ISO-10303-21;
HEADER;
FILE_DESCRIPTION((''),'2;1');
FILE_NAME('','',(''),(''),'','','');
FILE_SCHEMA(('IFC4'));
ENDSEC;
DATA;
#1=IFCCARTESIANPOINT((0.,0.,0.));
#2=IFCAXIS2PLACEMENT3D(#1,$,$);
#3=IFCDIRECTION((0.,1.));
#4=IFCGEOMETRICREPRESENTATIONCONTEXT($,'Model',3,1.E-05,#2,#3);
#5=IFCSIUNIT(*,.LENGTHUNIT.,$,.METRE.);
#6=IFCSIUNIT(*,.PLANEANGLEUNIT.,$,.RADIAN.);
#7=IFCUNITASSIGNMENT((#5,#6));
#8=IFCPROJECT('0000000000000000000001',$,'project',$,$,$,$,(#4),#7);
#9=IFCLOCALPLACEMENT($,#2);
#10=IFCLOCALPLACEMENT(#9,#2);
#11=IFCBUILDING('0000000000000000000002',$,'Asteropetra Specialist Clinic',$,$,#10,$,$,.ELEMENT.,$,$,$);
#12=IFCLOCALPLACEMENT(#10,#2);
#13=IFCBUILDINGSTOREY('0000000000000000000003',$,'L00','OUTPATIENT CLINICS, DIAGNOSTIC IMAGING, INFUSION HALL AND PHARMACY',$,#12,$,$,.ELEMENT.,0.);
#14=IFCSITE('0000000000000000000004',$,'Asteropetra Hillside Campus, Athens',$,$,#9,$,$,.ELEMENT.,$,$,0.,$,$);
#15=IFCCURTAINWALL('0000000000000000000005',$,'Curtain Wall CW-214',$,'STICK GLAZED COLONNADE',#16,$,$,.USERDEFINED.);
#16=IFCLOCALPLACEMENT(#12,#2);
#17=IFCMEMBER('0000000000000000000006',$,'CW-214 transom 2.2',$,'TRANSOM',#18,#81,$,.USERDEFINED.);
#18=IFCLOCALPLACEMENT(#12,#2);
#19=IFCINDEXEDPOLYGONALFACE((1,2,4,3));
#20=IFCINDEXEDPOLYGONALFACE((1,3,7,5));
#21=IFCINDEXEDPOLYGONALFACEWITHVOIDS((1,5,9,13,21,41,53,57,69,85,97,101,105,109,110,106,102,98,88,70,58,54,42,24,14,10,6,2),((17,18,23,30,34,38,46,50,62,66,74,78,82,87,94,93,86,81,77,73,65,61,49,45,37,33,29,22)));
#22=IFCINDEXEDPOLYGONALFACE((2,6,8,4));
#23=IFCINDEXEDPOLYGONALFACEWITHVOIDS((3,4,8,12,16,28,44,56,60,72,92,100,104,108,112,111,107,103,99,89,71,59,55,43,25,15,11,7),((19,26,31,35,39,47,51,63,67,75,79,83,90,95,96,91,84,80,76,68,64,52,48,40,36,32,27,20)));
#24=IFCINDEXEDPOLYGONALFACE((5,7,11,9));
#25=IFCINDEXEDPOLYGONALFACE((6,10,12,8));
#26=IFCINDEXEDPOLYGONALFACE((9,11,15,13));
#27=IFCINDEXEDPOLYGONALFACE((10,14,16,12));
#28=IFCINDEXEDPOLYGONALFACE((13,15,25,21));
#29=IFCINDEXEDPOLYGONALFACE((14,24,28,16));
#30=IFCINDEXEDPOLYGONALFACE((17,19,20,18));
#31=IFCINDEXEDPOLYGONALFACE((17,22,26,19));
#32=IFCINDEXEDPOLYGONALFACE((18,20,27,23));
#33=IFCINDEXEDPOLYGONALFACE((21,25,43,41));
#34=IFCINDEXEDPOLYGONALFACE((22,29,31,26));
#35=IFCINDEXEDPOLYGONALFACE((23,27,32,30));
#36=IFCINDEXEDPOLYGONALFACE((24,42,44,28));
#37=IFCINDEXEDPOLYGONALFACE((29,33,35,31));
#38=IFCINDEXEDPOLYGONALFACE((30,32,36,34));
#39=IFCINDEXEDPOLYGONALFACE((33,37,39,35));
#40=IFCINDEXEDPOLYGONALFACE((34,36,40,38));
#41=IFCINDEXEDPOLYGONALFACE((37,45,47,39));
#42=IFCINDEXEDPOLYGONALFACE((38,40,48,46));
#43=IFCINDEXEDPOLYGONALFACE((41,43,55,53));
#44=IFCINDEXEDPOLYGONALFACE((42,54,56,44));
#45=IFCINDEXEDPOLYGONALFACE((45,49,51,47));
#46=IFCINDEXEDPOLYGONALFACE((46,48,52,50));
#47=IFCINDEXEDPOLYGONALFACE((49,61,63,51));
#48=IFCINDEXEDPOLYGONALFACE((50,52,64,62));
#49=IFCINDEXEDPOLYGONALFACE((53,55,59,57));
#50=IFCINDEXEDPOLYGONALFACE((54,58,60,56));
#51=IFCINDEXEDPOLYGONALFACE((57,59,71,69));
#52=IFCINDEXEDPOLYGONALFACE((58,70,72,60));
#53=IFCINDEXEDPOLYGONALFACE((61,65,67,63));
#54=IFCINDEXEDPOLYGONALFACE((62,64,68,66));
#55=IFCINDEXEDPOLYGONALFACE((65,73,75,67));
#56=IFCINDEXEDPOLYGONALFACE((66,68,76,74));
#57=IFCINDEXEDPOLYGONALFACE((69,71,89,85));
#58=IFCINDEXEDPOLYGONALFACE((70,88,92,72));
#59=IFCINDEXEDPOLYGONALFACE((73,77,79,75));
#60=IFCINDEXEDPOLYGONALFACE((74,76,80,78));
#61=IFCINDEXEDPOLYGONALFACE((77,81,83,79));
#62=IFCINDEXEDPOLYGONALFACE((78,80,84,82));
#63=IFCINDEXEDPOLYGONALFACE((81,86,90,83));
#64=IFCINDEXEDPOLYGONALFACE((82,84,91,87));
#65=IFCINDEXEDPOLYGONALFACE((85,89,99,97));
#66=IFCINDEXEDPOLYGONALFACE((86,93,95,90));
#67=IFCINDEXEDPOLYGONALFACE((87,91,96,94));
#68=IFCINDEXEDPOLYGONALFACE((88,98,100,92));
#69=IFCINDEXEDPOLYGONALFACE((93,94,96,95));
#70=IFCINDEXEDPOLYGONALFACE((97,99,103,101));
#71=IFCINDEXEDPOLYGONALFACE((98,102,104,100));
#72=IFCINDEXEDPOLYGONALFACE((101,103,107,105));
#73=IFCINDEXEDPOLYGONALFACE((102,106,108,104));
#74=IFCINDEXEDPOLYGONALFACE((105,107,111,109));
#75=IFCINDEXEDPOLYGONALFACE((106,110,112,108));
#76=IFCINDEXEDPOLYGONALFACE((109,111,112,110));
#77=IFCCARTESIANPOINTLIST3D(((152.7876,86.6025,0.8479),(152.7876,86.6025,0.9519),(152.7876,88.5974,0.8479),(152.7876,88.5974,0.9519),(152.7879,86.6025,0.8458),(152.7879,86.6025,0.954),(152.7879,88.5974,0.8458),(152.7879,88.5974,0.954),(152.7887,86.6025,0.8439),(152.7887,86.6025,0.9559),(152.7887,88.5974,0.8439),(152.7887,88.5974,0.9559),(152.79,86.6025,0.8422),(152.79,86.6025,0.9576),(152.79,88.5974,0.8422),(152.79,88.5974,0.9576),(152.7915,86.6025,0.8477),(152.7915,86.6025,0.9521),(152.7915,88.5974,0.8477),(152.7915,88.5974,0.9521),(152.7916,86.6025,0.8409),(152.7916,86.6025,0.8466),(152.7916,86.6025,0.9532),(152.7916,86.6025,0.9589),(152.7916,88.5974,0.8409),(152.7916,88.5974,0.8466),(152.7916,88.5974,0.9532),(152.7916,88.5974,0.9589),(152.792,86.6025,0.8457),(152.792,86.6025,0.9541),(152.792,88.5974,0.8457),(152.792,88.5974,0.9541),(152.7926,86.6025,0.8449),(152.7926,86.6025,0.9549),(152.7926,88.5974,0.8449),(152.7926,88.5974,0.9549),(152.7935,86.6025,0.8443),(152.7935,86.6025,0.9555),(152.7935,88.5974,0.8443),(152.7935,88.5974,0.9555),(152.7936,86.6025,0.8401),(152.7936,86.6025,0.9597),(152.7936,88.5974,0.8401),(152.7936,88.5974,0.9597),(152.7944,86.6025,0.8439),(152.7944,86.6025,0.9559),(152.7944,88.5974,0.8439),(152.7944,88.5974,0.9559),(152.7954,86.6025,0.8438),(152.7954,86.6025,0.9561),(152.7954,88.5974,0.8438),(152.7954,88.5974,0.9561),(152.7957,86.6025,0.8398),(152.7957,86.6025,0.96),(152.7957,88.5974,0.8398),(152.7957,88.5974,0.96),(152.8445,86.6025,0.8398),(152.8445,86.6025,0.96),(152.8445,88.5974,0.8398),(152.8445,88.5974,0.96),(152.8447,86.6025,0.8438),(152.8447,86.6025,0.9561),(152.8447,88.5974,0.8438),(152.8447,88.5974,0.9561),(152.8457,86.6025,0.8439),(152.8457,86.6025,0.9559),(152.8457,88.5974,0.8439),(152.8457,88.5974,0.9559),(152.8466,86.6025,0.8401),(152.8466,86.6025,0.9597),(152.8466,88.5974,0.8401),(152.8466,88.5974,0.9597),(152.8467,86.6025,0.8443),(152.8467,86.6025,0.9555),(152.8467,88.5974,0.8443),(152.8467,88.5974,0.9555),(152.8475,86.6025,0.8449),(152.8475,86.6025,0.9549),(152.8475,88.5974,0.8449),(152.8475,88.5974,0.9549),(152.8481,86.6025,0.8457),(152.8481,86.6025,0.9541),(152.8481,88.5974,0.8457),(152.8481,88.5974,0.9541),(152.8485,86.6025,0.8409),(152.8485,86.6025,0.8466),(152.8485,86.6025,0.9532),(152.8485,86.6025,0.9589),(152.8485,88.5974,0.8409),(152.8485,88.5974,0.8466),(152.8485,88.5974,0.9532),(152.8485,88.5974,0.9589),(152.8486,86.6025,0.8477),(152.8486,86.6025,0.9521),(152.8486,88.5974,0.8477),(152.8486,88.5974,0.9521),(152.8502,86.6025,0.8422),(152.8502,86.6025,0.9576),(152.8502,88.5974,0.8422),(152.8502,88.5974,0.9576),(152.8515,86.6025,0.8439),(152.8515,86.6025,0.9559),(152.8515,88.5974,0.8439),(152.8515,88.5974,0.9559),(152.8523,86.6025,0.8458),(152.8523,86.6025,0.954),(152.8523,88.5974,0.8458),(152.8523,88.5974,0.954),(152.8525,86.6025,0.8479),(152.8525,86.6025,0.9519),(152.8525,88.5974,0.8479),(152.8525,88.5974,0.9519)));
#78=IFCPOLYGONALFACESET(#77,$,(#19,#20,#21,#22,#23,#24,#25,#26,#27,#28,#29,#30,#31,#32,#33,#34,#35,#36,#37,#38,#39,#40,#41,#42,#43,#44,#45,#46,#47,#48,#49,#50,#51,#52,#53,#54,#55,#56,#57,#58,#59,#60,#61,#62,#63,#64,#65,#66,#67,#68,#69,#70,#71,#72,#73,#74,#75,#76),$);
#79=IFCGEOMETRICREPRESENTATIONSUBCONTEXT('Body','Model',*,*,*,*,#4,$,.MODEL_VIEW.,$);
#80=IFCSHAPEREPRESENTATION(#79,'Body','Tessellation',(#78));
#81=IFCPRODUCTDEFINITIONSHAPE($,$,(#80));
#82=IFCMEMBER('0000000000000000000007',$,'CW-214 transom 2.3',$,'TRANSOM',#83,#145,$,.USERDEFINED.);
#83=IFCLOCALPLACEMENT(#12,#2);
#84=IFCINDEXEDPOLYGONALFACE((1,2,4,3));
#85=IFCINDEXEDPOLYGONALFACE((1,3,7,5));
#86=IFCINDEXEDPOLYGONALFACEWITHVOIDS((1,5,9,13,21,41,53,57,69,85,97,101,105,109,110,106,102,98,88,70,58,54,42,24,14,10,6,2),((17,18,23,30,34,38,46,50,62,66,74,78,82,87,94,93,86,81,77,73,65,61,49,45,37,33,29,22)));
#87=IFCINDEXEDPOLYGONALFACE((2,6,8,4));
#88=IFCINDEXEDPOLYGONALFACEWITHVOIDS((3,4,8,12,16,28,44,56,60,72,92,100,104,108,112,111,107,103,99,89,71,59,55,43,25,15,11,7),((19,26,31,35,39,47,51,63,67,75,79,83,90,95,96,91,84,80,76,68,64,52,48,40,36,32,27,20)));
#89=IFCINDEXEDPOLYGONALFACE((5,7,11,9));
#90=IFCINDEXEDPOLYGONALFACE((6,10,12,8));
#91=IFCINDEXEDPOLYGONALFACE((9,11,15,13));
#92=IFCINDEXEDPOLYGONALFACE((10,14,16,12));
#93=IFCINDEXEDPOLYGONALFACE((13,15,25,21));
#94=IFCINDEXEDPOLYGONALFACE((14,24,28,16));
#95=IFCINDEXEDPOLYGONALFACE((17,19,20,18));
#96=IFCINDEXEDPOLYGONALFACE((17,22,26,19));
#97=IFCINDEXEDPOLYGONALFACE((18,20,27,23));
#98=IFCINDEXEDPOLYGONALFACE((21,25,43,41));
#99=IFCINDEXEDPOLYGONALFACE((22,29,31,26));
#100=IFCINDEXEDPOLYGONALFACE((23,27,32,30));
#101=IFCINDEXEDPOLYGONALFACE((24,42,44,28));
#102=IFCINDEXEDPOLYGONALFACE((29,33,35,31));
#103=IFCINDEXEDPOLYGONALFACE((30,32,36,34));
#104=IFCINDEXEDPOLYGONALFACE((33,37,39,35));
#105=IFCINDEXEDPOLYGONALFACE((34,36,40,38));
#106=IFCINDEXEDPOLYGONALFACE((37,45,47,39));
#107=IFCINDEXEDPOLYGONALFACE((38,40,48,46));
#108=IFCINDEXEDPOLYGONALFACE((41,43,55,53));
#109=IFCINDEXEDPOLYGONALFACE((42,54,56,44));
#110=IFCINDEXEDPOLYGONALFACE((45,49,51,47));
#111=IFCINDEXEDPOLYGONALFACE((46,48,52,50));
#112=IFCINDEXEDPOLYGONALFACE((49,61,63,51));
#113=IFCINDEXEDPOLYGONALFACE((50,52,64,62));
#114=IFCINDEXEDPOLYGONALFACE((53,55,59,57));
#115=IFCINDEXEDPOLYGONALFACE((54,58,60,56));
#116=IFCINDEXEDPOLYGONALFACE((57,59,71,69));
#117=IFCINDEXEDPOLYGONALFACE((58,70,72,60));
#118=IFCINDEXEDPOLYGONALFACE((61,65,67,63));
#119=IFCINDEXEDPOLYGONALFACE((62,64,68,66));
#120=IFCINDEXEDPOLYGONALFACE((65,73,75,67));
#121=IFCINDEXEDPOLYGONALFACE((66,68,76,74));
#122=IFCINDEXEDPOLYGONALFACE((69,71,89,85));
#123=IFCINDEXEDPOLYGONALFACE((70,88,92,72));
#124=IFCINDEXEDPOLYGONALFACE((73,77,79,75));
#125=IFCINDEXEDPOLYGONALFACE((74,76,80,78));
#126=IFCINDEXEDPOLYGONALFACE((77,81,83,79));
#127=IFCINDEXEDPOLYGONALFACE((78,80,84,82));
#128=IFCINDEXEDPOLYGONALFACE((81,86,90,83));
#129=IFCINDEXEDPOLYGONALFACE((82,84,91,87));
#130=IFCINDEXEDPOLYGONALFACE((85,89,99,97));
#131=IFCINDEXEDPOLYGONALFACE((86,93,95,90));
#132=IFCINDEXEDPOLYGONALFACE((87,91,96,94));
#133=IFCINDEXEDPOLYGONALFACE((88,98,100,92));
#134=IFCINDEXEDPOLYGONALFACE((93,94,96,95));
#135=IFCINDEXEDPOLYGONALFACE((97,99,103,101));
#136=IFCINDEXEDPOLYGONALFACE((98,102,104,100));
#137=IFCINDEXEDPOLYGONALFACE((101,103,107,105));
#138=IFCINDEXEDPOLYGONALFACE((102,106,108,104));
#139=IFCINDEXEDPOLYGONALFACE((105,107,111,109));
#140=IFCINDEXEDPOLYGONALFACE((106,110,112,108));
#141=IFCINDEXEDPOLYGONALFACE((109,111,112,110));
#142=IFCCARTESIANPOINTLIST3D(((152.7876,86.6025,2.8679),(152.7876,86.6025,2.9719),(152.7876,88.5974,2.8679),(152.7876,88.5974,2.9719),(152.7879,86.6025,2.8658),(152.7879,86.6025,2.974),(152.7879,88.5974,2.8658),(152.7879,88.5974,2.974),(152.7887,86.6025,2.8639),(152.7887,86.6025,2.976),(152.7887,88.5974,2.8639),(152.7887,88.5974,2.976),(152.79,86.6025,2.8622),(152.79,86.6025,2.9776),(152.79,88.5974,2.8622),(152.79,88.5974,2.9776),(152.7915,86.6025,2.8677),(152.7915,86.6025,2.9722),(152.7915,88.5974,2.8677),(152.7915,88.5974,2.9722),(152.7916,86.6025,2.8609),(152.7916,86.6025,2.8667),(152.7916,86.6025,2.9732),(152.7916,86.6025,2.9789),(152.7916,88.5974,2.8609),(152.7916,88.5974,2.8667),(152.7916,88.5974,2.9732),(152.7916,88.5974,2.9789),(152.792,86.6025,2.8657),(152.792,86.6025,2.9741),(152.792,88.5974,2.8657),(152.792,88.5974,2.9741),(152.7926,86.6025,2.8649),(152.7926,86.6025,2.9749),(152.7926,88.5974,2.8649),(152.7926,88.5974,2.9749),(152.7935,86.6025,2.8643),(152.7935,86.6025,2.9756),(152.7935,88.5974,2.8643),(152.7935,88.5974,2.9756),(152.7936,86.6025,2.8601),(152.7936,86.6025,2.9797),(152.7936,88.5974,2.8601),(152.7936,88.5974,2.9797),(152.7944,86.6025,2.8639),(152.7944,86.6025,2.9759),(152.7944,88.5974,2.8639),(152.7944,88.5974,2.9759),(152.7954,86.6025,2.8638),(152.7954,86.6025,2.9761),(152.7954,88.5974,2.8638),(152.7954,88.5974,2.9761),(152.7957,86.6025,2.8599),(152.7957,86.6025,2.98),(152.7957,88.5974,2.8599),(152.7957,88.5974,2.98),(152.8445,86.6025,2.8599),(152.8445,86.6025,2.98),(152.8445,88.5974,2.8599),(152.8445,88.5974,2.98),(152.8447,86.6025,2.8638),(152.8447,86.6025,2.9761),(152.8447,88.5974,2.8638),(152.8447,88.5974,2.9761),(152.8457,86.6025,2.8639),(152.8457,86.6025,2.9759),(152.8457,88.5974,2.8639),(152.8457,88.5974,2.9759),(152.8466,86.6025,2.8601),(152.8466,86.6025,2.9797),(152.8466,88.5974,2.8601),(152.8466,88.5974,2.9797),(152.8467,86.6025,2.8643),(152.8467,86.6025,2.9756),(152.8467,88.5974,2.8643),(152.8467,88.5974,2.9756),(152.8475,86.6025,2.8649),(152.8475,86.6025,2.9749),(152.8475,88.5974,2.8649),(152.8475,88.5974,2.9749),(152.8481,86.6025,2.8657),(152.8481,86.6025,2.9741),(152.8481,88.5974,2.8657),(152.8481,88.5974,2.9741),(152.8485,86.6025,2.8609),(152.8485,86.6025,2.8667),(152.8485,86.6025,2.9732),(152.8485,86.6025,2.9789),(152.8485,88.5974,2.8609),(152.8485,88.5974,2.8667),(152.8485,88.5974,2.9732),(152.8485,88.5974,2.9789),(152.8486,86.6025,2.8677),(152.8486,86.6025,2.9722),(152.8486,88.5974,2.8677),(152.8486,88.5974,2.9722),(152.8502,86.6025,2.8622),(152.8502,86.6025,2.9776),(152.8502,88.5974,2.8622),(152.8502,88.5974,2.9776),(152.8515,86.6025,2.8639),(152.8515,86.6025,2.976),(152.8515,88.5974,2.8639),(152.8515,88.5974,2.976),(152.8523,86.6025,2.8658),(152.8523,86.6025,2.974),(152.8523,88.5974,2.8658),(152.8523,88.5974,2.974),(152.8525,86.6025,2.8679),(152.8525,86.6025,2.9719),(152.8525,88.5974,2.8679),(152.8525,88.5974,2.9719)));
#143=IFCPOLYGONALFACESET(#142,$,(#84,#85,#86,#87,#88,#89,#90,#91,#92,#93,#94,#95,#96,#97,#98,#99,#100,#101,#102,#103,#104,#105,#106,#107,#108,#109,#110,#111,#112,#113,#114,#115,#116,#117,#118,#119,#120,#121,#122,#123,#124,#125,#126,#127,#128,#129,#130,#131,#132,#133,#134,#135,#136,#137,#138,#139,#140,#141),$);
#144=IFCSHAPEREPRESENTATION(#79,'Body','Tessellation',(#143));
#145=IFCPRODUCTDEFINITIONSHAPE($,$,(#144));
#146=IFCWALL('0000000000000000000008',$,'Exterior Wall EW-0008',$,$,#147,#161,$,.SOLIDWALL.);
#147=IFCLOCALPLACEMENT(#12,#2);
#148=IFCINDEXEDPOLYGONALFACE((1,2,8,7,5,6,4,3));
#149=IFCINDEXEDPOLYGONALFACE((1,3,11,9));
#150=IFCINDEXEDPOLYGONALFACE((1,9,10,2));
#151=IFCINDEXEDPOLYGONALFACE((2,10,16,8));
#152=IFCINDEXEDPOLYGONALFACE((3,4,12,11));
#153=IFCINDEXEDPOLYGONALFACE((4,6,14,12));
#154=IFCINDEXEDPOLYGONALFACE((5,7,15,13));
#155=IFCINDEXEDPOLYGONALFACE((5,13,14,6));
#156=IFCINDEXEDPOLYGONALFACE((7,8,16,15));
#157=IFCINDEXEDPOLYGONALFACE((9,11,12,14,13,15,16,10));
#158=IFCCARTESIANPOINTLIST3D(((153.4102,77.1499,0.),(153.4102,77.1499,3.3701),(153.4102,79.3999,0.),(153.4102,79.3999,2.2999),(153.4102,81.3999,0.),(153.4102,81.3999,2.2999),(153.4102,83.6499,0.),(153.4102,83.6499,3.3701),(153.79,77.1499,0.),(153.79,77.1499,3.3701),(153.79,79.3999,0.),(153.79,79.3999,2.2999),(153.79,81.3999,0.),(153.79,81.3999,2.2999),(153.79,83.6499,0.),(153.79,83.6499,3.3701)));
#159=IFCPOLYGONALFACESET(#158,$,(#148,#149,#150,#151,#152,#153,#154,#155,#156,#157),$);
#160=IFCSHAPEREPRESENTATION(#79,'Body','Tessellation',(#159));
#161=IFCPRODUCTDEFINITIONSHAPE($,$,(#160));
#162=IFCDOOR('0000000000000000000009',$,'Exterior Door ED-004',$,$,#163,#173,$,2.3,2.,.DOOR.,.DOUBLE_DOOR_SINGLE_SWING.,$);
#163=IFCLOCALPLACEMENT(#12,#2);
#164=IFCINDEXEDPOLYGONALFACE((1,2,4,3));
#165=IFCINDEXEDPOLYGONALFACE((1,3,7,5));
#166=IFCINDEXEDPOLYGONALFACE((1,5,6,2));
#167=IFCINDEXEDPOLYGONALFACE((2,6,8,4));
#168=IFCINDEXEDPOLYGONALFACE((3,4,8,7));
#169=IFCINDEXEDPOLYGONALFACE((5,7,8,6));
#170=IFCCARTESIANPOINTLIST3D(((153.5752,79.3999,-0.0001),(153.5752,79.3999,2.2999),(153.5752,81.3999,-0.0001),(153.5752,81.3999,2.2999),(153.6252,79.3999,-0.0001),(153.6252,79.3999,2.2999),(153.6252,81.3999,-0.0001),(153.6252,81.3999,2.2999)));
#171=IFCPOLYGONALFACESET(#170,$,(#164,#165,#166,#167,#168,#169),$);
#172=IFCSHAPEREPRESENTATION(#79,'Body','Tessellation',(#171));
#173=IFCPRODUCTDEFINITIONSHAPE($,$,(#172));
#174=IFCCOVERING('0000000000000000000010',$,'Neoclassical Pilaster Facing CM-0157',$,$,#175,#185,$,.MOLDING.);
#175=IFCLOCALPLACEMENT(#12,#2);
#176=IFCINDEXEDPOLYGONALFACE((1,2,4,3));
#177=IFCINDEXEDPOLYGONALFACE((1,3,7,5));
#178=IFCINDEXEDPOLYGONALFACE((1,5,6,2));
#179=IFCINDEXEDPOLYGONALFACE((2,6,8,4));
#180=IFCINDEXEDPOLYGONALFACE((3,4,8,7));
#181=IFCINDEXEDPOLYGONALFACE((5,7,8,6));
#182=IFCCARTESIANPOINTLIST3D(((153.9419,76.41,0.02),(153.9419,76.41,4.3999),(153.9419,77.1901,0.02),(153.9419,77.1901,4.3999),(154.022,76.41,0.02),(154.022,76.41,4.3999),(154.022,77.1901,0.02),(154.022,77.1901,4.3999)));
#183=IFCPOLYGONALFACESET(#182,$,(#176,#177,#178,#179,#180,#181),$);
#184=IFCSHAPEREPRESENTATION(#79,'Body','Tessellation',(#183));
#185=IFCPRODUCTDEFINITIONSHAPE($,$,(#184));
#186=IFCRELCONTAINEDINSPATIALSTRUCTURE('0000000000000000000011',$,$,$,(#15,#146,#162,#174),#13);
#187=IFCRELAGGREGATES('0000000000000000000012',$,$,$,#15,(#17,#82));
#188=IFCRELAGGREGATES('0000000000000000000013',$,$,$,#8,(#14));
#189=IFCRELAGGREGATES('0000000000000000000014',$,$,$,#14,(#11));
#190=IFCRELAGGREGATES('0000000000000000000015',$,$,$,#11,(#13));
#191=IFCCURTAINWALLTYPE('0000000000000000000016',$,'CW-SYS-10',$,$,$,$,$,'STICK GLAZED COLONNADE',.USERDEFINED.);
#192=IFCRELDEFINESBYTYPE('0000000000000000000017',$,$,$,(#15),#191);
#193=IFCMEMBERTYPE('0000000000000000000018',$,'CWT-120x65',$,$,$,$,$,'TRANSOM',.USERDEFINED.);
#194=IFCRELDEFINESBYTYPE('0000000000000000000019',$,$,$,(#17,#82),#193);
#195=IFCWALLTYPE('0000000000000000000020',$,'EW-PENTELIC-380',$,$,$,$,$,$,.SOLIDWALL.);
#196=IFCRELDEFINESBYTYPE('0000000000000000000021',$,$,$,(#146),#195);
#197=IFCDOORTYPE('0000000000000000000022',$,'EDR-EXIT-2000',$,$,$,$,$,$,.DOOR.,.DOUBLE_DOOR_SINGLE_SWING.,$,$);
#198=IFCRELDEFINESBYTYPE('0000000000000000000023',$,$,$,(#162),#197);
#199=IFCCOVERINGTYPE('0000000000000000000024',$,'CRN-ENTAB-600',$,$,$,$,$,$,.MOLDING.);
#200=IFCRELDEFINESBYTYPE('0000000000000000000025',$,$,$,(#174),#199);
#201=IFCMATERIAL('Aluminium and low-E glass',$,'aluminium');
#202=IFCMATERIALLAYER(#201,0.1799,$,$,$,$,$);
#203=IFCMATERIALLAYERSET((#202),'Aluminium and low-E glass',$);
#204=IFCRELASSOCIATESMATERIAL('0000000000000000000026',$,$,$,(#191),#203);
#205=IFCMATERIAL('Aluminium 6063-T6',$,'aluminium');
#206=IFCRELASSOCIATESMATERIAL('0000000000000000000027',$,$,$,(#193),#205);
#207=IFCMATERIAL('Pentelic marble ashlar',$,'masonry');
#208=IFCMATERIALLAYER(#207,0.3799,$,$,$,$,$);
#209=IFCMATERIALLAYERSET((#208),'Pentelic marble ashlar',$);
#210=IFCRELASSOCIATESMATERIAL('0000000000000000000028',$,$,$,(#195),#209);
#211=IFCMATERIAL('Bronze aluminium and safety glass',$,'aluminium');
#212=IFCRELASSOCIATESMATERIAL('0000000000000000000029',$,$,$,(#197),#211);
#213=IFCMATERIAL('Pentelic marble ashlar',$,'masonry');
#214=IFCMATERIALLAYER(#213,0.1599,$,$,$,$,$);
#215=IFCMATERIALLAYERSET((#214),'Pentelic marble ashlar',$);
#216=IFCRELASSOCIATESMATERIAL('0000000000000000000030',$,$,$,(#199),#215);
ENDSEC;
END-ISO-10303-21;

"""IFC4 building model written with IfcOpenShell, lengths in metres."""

from ifc_helpers import new_model, si_unit, direction, frame, frame_2d, origin, origin_2d, place, context, subcontext, project, spatial, rectangle, hollow_rectangle, extrude, material, layer, layer_set, material_profile, profile_set, type_object, element, fill, aggregate, save


model = new_model("IFC4")

# Units and contexts
model_context = context("Model", 3, precision=1e-05, world=origin(), true_north=direction((0.0, 1.0)))
body_context = subcontext(model_context, "Body", "Model", "MODEL_VIEW")
ifc_project = project(units=[si_unit("LENGTHUNIT", "METRE"), si_unit("PLANEANGLEUNIT", "RADIAN")], contexts=[model_context])

# Site, building, storey
site_placement = place(None, origin())
site = spatial("IfcSite", under=ifc_project, at=site_placement, Name="Asteropetra Hillside Campus, Athens", CompositionType="ELEMENT", RefElevation=0.0)
building_placement = place(site_placement, origin())
building = spatial("IfcBuilding", under=site, at=building_placement, Name="Asteropetra Specialist Clinic", CompositionType="ELEMENT")
storey_placement = place(building_placement, origin())
storey = spatial("IfcBuildingStorey", under=building, at=storey_placement, Name="L00", Description="OUTPATIENT CLINICS, DIAGNOSTIC IMAGING, INFUSION HALL AND PHARMACY", CompositionType="ELEMENT", Elevation=0.0)

# Curtain wall, members
ifc_material_1 = material(Name="Aluminium and low-E glass", Category="aluminium")
ifc_layer_1 = layer(ifc_material_1, 0.1799)
ifc_layer_set_1 = layer_set([ifc_layer_1], Name="Aluminium and low-E glass")
curtain_wall_type = type_object("IfcCurtainWallType", Name="CW-SYS-10", ElementType="STICK GLAZED COLONNADE", PredefinedType="USERDEFINED", material=ifc_layer_set_1)
curtain_wall_placement = place(storey_placement, origin())
curtain_wall = element("IfcCurtainWall", 1, at=curtain_wall_placement, inside=storey, type_object=curtain_wall_type, Name="Curtain Wall CW-214", ObjectType="STICK GLAZED COLONNADE", PredefinedType="USERDEFINED")
ifc_material_2 = material(Name="Aluminium 6063-T6", Category="aluminium")
ifc_material_profile_1 = material_profile(ifc_material_2, hollow_rectangle(XDim=0.0649, YDim=0.1201, WallThickness=0.0039, InnerFilletRadius=0.0039, OuterFilletRadius=0.0081, at=origin_2d()), Name="TRN 120x65x4.0")
ifc_profile_set_1 = profile_set([ifc_material_profile_1], Name="Aluminium 6063-T6")
member_type_1 = type_object("IfcMemberType", Name="CWT-120x65", ElementType="TRANSOM", PredefinedType="USERDEFINED", material=ifc_profile_set_1)
member_1_placement = place(storey_placement, frame((152.8201, 86.6025, 0.8999), z_axis=(0.0, 1.0, 0.0), x_axis=(-1.0, 0.0, 0.0)))
member_1 = element("IfcMember", 2, at=member_1_placement, type_object=member_type_1, Name="CW-214 transom 2.2", ObjectType="TRANSOM", PredefinedType="USERDEFINED", context=body_context, shape_type="SweptSolid", body=[
    extrude(hollow_rectangle(XDim=0.0649, YDim=0.1201, WallThickness=0.0039, InnerFilletRadius=0.0039, OuterFilletRadius=0.0081, at=origin_2d()), origin(), (0.0, 0.0, 1.0), 1.9949),
])
member_2_placement = place(storey_placement, frame((152.8201, 86.6025, 2.9199), z_axis=(0.0, 1.0, 0.0), x_axis=(-1.0, 0.0, 0.0)))
member_2 = element("IfcMember", 3, at=member_2_placement, type_object=member_type_1, Name="CW-214 transom 2.3", ObjectType="TRANSOM", PredefinedType="USERDEFINED", context=body_context, shape_type="SweptSolid", body=[
    extrude(hollow_rectangle(XDim=0.0649, YDim=0.1201, WallThickness=0.0039, InnerFilletRadius=0.0039, OuterFilletRadius=0.0081, at=origin_2d()), origin(), (0.0, 0.0, 1.0), 1.9949),
])
aggregate(curtain_wall, [member_1, member_2])

# Wall, opening, door
ifc_material_3 = material(Name="Pentelic marble ashlar", Category="masonry")
ifc_layer_2 = layer(ifc_material_3, 0.3799)
ifc_layer_set_2 = layer_set([ifc_layer_2], Name="Pentelic marble ashlar")
wall_type = type_object("IfcWallType", Name="EW-PENTELIC-380", PredefinedType="SOLIDWALL", material=ifc_layer_set_2)
wall_placement = place(storey_placement, frame((153.6001, 77.1499, 0.0), z_axis=(0.0, 0.0, 1.0), x_axis=(0.0, 1.0, 0.0)))
wall = element("IfcWall", 4, at=wall_placement, inside=storey, type_object=wall_type, Name="Exterior Wall EW-0008", PredefinedType="SOLIDWALL", context=body_context, shape_type="SweptSolid", body=[
    extrude(rectangle(XDim=6.5, YDim=0.3799, at=frame_2d((3.25, 0.0))), origin(), (0.0, 0.0, 1.0), 3.3701),
])
opening_placement = place(wall_placement, frame((2.25, 0.0, 0.0)))
opening = element("IfcOpeningElement", 5, at=opening_placement, cuts=wall, PredefinedType="OPENING", context=body_context, shape_type="SweptSolid", body=[
    extrude(rectangle(XDim=2.0, YDim=2.3, at=frame_2d((1.0, 1.1499))), frame((0.0, 0.2, 0.0), z_axis=(0.0, -1.0, 0.0), x_axis=(1.0, 0.0, 0.0)), (0.0, 0.0, 1.0), 0.3999),
])
ifc_material_4 = material(Name="Bronze aluminium and safety glass", Category="aluminium")
door_type = type_object("IfcDoorType", Name="EDR-EXIT-2000", OperationType="DOUBLE_DOOR_SINGLE_SWING", PredefinedType="DOOR", material=ifc_material_4)
door_placement = place(opening_placement, origin())
door = element("IfcDoor", 6, at=door_placement, inside=storey, type_object=door_type, Name="Exterior Door ED-004", OperationType="DOUBLE_DOOR_SINGLE_SWING", OverallHeight=2.3, OverallWidth=2.0, PredefinedType="DOOR", context=body_context, shape_type="SweptSolid", body=[
    extrude(rectangle(XDim=2.0, YDim=2.3, at=frame_2d((1.0, 1.1499))), frame((0.0, 0.0249, 0.0), z_axis=(0.0, -1.0, 0.0), x_axis=(1.0, 0.0, 0.0)), (0.0, 0.0, 1.0), 0.05),
])
fill(opening, door)

# Covering
ifc_material_5 = material(Name="Pentelic marble ashlar", Category="masonry")
ifc_layer_3 = layer(ifc_material_5, 0.1599)
ifc_layer_set_3 = layer_set([ifc_layer_3], Name="Pentelic marble ashlar")
covering_type = type_object("IfcCoveringType", Name="CRN-ENTAB-600", PredefinedType="MOLDING", material=ifc_layer_set_3)
covering_1_placement = place(storey_placement, frame((153.9819, 76.8, 0.02), z_axis=(0.0, 0.0, 1.0), x_axis=(1.0, 0.0, 0.0)))
element("IfcCovering", 7, at=covering_1_placement, inside=storey, type_object=covering_type, Name="Neoclassical Pilaster Facing CM-0157", PredefinedType="MOLDING", context=body_context, shape_type="SweptSolid", body=[
    extrude(rectangle(XDim=0.0801, YDim=0.78, at=origin_2d()), origin(), (0.0, 0.0, 1.0), 4.3799),
])

save(model, "model.ifc")
